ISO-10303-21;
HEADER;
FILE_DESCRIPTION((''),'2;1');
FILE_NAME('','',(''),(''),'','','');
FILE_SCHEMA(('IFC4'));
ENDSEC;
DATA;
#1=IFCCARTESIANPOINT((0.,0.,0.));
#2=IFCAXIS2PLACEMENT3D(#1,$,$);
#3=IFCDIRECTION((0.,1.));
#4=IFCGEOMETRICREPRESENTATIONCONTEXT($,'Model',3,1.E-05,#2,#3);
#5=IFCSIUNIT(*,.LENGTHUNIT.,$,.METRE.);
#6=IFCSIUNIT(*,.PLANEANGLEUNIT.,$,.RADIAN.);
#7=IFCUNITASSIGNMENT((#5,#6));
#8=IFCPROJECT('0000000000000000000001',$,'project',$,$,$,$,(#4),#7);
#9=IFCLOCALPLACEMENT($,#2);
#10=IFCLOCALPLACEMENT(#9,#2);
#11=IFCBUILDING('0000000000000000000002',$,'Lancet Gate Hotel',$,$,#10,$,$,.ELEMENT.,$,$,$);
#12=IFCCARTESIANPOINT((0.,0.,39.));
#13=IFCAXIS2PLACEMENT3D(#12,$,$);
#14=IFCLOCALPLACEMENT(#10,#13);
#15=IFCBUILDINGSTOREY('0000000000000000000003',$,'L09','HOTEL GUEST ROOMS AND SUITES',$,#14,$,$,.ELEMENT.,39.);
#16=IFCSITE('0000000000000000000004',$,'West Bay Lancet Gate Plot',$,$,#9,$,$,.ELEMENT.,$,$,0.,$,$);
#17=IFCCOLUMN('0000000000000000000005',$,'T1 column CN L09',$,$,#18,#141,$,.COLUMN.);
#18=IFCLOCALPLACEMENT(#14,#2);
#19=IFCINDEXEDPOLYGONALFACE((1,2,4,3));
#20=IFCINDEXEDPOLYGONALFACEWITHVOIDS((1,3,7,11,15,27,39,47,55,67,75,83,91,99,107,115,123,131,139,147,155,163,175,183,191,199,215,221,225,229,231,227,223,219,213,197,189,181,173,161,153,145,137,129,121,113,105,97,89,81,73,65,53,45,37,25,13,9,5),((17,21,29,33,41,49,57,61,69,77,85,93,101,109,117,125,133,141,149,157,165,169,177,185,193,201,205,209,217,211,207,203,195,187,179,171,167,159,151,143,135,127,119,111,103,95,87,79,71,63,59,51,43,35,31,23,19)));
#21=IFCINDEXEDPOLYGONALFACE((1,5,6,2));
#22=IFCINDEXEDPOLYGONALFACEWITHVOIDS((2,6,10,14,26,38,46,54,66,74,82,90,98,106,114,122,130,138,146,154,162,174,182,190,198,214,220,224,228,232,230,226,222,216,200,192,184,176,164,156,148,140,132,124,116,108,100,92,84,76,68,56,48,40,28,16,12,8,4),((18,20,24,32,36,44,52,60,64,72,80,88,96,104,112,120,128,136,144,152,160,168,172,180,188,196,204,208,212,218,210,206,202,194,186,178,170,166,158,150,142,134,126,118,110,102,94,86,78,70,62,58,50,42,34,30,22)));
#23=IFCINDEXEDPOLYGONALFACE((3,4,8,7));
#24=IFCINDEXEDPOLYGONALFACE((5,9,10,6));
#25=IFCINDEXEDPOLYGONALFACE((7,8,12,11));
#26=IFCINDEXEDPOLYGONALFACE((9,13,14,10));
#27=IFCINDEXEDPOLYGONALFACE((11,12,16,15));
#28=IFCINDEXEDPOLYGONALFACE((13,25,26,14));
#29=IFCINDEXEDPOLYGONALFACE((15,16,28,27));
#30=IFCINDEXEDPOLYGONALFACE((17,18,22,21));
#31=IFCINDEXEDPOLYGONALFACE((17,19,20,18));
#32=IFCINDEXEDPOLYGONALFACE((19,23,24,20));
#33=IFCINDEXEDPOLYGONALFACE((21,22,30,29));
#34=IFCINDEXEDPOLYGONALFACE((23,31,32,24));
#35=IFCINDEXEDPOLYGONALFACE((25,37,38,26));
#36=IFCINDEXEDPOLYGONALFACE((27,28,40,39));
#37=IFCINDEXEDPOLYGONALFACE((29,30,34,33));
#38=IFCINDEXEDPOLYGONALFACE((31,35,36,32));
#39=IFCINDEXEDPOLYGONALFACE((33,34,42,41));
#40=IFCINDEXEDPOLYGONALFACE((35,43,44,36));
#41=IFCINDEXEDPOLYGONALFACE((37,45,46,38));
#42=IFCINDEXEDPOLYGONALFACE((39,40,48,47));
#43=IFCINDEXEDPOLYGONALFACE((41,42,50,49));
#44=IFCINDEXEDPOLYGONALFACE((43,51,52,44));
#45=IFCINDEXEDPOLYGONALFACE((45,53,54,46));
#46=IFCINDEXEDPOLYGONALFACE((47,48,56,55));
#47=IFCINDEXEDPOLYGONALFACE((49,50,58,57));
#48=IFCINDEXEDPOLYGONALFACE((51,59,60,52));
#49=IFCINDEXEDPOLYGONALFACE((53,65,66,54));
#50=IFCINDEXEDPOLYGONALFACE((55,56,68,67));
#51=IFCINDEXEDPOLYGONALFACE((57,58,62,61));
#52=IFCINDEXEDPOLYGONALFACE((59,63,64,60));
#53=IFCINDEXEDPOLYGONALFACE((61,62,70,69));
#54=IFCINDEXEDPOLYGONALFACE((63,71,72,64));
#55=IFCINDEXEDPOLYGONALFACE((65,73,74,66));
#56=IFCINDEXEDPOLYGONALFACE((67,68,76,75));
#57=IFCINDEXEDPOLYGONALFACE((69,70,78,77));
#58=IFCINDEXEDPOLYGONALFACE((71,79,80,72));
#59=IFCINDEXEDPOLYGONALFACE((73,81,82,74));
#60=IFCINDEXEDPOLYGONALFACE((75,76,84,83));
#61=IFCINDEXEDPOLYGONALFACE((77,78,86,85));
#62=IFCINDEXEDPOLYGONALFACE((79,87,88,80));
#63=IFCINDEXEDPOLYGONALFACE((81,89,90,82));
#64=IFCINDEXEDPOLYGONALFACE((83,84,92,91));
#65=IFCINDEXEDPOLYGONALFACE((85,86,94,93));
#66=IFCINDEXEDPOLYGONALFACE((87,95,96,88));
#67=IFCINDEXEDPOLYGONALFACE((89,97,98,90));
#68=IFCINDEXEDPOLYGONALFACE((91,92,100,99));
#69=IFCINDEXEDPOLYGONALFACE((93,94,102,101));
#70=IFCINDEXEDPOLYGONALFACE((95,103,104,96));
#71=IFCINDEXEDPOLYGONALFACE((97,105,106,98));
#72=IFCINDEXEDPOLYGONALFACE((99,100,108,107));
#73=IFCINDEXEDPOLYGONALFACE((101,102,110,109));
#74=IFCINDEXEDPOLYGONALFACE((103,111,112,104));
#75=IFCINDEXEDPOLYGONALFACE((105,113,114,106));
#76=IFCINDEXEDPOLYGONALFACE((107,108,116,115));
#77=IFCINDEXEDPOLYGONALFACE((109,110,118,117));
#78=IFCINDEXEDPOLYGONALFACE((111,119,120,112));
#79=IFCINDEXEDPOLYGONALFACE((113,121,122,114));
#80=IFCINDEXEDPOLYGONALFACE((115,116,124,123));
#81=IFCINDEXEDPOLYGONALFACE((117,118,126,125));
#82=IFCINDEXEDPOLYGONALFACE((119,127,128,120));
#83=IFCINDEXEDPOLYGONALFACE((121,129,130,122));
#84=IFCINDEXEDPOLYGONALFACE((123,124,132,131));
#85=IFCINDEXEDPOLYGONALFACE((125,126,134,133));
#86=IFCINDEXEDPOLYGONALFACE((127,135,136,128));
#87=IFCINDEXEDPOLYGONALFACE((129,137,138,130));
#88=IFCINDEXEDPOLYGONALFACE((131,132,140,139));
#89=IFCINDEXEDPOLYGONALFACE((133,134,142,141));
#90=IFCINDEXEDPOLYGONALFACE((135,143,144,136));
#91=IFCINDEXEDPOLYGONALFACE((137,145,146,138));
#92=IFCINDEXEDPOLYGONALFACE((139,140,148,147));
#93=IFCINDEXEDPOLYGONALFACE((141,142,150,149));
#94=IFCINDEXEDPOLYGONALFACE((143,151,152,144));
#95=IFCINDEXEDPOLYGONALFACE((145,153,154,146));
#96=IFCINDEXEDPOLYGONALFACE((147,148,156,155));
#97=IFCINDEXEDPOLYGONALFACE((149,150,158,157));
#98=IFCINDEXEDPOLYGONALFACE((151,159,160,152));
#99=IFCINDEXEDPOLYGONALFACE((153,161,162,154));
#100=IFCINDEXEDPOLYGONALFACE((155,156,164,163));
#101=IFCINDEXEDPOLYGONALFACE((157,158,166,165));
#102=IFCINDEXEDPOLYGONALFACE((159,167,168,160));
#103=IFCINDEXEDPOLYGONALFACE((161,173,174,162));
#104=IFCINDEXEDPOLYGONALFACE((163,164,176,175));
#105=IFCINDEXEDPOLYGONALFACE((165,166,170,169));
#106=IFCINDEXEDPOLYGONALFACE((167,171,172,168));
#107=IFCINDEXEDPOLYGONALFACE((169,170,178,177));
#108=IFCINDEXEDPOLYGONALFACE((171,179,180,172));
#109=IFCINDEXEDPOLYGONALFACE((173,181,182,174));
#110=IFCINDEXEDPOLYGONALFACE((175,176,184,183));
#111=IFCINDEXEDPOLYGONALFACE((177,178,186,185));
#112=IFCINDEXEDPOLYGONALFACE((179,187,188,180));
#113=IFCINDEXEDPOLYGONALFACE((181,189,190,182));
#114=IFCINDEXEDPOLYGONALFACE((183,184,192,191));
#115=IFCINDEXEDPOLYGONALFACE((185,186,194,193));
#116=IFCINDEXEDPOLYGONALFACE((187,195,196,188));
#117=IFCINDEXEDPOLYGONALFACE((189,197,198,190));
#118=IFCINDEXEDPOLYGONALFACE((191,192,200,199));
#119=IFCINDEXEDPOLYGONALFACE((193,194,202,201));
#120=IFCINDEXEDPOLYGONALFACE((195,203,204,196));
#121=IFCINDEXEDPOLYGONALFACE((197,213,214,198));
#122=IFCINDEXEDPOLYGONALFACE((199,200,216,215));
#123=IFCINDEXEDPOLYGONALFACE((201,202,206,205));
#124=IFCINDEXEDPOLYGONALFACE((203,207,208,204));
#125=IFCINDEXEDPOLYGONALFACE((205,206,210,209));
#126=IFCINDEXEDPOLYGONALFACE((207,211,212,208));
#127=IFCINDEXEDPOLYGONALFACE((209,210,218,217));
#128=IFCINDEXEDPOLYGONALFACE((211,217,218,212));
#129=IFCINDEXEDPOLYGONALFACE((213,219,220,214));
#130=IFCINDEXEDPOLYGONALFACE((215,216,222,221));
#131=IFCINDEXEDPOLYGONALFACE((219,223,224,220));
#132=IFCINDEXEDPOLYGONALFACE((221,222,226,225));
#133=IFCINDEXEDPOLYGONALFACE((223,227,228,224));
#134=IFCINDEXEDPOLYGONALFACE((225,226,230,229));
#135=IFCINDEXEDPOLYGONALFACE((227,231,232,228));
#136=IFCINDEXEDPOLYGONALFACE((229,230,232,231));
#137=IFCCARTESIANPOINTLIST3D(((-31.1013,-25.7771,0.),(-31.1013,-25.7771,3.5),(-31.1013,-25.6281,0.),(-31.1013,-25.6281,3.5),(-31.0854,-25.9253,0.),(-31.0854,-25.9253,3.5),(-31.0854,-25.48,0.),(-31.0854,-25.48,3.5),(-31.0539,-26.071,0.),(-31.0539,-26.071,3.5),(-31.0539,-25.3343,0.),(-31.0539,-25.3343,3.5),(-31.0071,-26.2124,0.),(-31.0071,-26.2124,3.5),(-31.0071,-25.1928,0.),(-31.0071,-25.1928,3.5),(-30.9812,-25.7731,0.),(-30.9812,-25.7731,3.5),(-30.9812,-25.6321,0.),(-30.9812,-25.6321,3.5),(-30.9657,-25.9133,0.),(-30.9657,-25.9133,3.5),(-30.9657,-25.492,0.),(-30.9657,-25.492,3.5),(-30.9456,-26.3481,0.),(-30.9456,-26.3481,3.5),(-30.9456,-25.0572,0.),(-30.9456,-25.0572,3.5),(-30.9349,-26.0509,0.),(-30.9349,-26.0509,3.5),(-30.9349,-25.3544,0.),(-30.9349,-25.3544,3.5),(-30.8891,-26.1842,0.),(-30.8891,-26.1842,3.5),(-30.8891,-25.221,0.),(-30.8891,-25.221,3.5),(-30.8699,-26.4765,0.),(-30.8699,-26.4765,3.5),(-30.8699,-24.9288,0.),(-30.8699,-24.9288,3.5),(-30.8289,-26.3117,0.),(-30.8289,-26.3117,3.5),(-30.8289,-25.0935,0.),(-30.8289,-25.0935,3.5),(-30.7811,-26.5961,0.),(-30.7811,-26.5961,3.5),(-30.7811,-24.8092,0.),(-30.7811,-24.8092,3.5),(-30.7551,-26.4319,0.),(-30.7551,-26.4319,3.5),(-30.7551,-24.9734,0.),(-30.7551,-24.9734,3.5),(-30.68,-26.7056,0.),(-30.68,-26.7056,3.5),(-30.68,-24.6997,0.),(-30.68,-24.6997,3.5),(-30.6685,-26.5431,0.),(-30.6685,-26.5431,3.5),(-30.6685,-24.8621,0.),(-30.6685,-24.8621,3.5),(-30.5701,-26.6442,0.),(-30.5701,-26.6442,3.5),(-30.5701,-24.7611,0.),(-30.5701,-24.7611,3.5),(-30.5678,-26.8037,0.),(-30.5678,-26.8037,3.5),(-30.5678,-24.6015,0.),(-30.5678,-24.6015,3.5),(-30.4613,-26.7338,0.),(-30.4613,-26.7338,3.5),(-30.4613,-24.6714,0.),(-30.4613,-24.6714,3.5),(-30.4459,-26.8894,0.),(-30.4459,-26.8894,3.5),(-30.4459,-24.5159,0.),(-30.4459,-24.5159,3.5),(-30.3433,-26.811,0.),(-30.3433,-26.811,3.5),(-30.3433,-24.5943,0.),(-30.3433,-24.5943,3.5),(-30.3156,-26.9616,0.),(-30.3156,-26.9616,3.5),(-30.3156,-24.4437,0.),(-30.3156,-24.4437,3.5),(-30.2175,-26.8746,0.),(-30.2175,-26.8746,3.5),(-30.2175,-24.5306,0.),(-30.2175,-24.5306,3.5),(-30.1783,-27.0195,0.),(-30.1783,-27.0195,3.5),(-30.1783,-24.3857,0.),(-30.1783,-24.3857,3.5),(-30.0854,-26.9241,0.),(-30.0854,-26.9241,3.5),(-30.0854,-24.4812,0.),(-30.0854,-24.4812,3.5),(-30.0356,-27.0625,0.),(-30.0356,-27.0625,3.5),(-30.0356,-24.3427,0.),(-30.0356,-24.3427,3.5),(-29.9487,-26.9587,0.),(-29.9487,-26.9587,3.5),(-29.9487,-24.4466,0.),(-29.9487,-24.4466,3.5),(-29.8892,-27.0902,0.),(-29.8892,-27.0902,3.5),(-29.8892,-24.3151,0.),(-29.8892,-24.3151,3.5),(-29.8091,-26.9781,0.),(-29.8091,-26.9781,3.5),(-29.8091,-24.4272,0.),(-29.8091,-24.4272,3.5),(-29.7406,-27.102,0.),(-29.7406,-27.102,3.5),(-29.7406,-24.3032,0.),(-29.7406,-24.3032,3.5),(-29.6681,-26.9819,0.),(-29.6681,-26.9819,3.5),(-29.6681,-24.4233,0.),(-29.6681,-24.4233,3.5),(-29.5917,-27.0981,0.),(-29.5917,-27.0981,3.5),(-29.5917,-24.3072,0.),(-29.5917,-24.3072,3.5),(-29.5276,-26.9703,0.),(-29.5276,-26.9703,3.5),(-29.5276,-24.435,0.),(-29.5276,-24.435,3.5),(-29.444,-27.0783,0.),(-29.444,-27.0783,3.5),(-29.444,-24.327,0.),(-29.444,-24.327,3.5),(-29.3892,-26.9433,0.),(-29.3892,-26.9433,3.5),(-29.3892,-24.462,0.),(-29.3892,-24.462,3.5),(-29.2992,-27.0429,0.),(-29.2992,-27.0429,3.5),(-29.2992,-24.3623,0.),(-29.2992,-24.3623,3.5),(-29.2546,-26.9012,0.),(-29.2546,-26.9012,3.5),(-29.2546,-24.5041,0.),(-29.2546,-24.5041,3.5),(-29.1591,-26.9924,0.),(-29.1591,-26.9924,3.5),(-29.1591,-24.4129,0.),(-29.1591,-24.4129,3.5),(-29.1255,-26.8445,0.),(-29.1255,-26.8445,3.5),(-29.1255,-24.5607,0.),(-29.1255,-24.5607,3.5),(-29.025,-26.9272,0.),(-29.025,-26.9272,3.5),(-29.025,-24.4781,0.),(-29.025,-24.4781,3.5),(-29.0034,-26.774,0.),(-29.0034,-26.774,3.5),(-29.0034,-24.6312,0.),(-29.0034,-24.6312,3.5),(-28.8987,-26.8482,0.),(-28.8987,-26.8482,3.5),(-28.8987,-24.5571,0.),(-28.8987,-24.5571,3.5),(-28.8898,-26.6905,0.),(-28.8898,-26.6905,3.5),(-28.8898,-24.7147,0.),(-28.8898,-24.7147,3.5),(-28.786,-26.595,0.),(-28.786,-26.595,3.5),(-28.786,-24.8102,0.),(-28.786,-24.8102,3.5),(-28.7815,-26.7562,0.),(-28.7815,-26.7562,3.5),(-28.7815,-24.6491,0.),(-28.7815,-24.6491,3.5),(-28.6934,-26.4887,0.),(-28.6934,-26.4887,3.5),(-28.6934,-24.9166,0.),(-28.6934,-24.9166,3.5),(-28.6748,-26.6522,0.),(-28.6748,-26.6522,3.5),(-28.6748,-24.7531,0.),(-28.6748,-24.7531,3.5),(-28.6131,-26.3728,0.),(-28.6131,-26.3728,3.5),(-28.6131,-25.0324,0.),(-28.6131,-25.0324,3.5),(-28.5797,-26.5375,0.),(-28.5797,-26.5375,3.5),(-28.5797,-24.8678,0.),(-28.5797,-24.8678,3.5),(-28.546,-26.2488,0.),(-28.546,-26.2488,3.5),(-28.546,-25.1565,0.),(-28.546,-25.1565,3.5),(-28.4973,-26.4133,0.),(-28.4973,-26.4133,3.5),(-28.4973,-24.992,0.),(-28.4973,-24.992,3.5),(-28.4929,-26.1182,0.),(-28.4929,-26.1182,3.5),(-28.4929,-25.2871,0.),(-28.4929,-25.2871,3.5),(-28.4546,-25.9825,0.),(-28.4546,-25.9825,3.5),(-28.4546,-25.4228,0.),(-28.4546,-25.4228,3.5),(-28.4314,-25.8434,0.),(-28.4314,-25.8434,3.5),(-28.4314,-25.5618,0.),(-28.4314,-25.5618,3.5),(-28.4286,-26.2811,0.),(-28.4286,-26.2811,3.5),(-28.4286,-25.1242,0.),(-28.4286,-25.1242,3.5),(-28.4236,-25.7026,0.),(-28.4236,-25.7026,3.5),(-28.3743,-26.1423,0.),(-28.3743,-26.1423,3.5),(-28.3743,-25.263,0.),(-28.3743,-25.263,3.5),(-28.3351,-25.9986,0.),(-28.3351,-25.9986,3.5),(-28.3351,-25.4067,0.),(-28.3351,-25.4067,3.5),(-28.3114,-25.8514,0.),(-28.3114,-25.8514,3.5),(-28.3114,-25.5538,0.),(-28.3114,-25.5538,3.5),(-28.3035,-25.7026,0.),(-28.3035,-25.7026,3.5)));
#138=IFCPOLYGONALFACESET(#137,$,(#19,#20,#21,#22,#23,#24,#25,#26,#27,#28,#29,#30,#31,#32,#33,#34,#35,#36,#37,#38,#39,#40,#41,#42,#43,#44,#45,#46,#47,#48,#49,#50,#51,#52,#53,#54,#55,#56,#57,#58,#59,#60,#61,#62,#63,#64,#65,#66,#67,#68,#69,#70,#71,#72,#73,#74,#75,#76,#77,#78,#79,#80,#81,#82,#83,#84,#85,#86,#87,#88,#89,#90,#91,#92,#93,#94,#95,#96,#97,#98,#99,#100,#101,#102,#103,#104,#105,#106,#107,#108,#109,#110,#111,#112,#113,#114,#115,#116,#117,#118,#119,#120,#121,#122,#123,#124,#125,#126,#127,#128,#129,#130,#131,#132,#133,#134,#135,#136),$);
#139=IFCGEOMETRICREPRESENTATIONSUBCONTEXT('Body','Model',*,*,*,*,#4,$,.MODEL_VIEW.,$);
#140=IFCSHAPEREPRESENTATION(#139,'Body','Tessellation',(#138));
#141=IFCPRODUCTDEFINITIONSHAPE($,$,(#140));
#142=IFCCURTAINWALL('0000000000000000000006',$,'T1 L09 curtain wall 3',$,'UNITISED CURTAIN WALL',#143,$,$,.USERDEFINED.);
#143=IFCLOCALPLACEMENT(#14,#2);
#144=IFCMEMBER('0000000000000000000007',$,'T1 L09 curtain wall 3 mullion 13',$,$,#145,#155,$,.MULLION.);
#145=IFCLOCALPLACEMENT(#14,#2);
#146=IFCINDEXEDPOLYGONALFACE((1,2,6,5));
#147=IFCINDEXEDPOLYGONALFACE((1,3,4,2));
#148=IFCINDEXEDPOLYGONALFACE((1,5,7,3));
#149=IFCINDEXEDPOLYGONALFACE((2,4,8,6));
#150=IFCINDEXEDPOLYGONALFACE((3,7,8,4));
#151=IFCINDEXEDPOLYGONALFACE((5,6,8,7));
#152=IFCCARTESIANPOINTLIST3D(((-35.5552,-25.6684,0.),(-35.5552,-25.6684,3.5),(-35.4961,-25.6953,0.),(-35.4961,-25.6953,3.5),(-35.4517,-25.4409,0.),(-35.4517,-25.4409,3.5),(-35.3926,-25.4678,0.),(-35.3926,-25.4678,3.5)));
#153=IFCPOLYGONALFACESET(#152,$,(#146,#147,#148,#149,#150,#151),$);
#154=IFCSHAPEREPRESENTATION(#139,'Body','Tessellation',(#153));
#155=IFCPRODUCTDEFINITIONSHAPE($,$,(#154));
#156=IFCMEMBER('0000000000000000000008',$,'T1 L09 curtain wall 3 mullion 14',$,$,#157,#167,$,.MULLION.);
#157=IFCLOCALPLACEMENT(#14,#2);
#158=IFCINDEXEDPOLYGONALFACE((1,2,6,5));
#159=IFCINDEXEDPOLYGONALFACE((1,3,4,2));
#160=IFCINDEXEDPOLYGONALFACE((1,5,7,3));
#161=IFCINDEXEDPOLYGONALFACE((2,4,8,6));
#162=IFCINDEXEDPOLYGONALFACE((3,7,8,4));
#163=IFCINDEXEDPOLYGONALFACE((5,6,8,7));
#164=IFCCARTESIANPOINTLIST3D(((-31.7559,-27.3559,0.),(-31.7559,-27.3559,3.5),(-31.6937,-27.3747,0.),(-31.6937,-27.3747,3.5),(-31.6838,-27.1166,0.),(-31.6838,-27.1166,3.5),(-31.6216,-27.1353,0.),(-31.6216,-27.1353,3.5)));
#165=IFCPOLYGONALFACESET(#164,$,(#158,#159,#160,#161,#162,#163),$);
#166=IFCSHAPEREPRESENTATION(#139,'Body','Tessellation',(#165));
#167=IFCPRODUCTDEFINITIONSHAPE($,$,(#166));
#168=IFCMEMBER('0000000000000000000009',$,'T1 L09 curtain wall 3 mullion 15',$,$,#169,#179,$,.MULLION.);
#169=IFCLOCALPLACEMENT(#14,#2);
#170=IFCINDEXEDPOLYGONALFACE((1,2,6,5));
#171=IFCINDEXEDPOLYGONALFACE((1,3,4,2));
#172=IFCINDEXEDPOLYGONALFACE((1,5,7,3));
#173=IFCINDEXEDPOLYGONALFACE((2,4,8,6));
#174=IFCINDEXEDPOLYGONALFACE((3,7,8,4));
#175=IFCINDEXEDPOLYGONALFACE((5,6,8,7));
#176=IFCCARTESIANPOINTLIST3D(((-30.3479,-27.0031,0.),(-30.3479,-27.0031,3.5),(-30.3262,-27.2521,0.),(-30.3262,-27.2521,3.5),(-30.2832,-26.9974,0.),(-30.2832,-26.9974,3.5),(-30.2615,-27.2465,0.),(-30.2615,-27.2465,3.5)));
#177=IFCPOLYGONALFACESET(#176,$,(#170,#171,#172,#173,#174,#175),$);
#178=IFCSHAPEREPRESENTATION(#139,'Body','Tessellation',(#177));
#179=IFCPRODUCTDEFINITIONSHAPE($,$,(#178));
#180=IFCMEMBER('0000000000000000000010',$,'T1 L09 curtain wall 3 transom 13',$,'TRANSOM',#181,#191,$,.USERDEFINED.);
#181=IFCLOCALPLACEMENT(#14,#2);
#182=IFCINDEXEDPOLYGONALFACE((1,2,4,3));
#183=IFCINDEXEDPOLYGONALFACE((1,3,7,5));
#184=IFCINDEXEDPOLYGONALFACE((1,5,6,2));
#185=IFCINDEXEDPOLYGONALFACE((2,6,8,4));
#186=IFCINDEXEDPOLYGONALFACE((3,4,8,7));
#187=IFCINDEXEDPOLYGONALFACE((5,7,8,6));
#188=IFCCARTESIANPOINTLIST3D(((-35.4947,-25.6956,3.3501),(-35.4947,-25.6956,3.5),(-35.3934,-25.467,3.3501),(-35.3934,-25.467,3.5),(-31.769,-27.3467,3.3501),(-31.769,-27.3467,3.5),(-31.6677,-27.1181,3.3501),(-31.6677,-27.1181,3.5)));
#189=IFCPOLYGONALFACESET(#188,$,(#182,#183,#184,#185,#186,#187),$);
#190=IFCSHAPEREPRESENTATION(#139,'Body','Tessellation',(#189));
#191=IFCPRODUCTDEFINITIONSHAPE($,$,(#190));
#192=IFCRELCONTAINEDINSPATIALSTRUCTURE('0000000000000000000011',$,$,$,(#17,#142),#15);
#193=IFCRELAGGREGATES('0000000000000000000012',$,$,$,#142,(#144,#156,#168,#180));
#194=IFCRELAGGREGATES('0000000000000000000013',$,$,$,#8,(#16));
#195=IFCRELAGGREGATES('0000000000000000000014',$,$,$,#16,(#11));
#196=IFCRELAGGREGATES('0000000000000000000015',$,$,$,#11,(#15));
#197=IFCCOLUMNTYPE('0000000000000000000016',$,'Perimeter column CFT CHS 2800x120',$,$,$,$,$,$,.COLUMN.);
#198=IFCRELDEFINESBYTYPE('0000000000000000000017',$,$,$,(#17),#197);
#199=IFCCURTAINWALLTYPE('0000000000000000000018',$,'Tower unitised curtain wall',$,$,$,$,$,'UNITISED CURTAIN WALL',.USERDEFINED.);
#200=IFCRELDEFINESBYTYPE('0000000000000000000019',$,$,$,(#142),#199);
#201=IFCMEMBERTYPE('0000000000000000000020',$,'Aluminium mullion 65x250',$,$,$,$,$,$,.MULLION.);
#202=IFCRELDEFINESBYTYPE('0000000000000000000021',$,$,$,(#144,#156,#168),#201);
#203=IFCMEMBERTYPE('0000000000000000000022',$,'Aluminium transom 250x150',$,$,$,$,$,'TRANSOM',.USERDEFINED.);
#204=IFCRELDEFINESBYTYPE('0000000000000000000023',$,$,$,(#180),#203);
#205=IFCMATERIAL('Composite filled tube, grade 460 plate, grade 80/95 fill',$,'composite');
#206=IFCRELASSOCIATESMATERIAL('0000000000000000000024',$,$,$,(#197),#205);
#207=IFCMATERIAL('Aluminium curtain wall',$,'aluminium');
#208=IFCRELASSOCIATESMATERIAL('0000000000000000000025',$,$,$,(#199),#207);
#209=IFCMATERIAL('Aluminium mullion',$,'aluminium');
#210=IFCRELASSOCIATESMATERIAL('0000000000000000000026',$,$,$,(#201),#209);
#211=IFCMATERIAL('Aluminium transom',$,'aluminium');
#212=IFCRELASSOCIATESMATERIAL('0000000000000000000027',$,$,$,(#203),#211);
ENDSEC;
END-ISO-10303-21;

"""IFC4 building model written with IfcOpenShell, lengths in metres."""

from ifc_helpers import new_model, si_unit, direction, frame, origin, origin_2d, place, context, subcontext, project, spatial, rectangle, hollow_circle, extrude, material, material_profile, profile_set, type_object, element, aggregate, save


model = new_model("IFC4")

# Units and contexts
model_context = context("Model", 3, precision=1e-05, world=origin(), true_north=direction((0.0, 1.0)))
body_context = subcontext(model_context, "Body", "Model", "MODEL_VIEW")
ifc_project = project(units=[si_unit("LENGTHUNIT", "METRE"), si_unit("PLANEANGLEUNIT", "RADIAN")], contexts=[model_context])

# Site, building, storey
site_placement = place(None, origin())
site = spatial("IfcSite", under=ifc_project, at=site_placement, Name="West Bay Lancet Gate Plot", CompositionType="ELEMENT", RefElevation=0.0)
building_placement = place(site_placement, origin())
building = spatial("IfcBuilding", under=site, at=building_placement, Name="Lancet Gate Hotel", CompositionType="ELEMENT")
storey_placement = place(building_placement, frame((0.0, 0.0, 39.0)))
storey = spatial("IfcBuildingStorey", under=building, at=storey_placement, Name="L09", Description="HOTEL GUEST ROOMS AND SUITES", CompositionType="ELEMENT", Elevation=39.0)

# Column
ifc_material_1 = material(Name="Composite filled tube, grade 460 plate, grade 80/95 fill", Category="composite")
ifc_material_profile_1 = material_profile(ifc_material_1, hollow_circle(Radius=1.3999, WallThickness=0.1201, at=origin_2d()), Name="CHS 2800x120")
ifc_profile_set_1 = profile_set([ifc_material_profile_1], Name="Composite filled tube, grade 460 plate, grade 80/95 fill")
column_type = type_object("IfcColumnType", Name="Perimeter column CFT CHS 2800x120", PredefinedType="COLUMN", material=ifc_profile_set_1)
column_placement = place(storey_placement, frame((-29.7034, -25.7026, 0.0), z_axis=(0.0, 0.0, 1.0), x_axis=(1.0, 0.0, 0.0)))
element("IfcColumn", 1, at=column_placement, inside=storey, type_object=column_type, Name="T1 column CN L09", PredefinedType="COLUMN", context=body_context, shape_type="SweptSolid", body=[
    extrude(hollow_circle(Radius=1.3999, WallThickness=0.1201, at=origin_2d()), origin(), (0.0, 0.0, 1.0), 3.5),
])

# Curtain wall, members
ifc_material_2 = material(Name="Aluminium curtain wall", Category="aluminium")
curtain_wall_type = type_object("IfcCurtainWallType", Name="Tower unitised curtain wall", ElementType="UNITISED CURTAIN WALL", PredefinedType="USERDEFINED", material=ifc_material_2)
curtain_wall_placement = place(storey_placement, origin())
curtain_wall = element("IfcCurtainWall", 2, at=curtain_wall_placement, inside=storey, type_object=curtain_wall_type, Name="T1 L09 curtain wall 3", ObjectType="UNITISED CURTAIN WALL", PredefinedType="USERDEFINED")
ifc_material_3 = material(Name="Aluminium mullion", Category="aluminium")
ifc_material_profile_2 = material_profile(ifc_material_3, rectangle(XDim=0.0649, YDim=0.25, at=origin_2d()), Name="MULLION 65x250")
ifc_profile_set_2 = profile_set([ifc_material_profile_2], Name="Aluminium mullion")
member_type_1 = type_object("IfcMemberType", Name="Aluminium mullion 65x250", PredefinedType="MULLION", material=ifc_profile_set_2)
member_1_placement = place(storey_placement, frame((-35.4739, -25.5681, 0.0), z_axis=(0.0, 0.0, 1.0), x_axis=(0.91022, -0.414126, 0.0)))
member_1 = element("IfcMember", 3, at=member_1_placement, type_object=member_type_1, Name="T1 L09 curtain wall 3 mullion 13", PredefinedType="MULLION", context=body_context, shape_type="SweptSolid", body=[
    extrude(rectangle(XDim=0.0649, YDim=0.25, at=origin_2d()), origin(), (0.0, 0.0, 1.0), 3.5),
])
member_2_placement = place(storey_placement, frame((-31.6887, -27.2456, 0.0), z_axis=(0.0, 0.0, 1.0), x_axis=(0.957524, -0.288352, 0.0)))
member_2 = element("IfcMember", 4, at=member_2_placement, type_object=member_type_1, Name="T1 L09 curtain wall 3 mullion 14", PredefinedType="MULLION", context=body_context, shape_type="SweptSolid", body=[
    extrude(rectangle(XDim=0.0649, YDim=0.25, at=origin_2d()), origin(), (0.0, 0.0, 1.0), 3.5),
])
member_3_placement = place(storey_placement, frame((-30.3047, -27.1248, 0.0), z_axis=(0.0, 0.0, 1.0), x_axis=(0.996204, 0.087052, 0.0)))
member_3 = element("IfcMember", 5, at=member_3_placement, type_object=member_type_1, Name="T1 L09 curtain wall 3 mullion 15", PredefinedType="MULLION", context=body_context, shape_type="SweptSolid", body=[
    extrude(rectangle(XDim=0.0649, YDim=0.25, at=origin_2d()), origin(), (0.0, 0.0, 1.0), 3.5),
])
ifc_material_4 = material(Name="Aluminium transom", Category="aluminium")
ifc_material_profile_3 = material_profile(ifc_material_4, rectangle(XDim=0.25, YDim=0.1499, at=origin_2d()), Name="TRANSOM 250x150")
ifc_profile_set_3 = profile_set([ifc_material_profile_3], Name="Aluminium transom")
member_type_2 = type_object("IfcMemberType", Name="Aluminium transom 250x150", ElementType="TRANSOM", PredefinedType="USERDEFINED", material=ifc_profile_set_3)
member_4_placement = place(storey_placement, frame((-35.4441, -25.5813, 3.425), z_axis=(0.914248, -0.405154, 0.0), x_axis=(0.405154, 0.914248, 0.0)))
member_4 = element("IfcMember", 6, at=member_4_placement, type_object=member_type_2, Name="T1 L09 curtain wall 3 transom 13", ObjectType="TRANSOM", PredefinedType="USERDEFINED", context=body_context, shape_type="SweptSolid", body=[
    extrude(rectangle(XDim=0.25, YDim=0.1499, at=origin_2d()), origin(), (0.0, 0.0, 1.0), 4.0752),
])

aggregate(curtain_wall, [member_1, member_2, member_3, member_4])

save(model, "model.ifc")
